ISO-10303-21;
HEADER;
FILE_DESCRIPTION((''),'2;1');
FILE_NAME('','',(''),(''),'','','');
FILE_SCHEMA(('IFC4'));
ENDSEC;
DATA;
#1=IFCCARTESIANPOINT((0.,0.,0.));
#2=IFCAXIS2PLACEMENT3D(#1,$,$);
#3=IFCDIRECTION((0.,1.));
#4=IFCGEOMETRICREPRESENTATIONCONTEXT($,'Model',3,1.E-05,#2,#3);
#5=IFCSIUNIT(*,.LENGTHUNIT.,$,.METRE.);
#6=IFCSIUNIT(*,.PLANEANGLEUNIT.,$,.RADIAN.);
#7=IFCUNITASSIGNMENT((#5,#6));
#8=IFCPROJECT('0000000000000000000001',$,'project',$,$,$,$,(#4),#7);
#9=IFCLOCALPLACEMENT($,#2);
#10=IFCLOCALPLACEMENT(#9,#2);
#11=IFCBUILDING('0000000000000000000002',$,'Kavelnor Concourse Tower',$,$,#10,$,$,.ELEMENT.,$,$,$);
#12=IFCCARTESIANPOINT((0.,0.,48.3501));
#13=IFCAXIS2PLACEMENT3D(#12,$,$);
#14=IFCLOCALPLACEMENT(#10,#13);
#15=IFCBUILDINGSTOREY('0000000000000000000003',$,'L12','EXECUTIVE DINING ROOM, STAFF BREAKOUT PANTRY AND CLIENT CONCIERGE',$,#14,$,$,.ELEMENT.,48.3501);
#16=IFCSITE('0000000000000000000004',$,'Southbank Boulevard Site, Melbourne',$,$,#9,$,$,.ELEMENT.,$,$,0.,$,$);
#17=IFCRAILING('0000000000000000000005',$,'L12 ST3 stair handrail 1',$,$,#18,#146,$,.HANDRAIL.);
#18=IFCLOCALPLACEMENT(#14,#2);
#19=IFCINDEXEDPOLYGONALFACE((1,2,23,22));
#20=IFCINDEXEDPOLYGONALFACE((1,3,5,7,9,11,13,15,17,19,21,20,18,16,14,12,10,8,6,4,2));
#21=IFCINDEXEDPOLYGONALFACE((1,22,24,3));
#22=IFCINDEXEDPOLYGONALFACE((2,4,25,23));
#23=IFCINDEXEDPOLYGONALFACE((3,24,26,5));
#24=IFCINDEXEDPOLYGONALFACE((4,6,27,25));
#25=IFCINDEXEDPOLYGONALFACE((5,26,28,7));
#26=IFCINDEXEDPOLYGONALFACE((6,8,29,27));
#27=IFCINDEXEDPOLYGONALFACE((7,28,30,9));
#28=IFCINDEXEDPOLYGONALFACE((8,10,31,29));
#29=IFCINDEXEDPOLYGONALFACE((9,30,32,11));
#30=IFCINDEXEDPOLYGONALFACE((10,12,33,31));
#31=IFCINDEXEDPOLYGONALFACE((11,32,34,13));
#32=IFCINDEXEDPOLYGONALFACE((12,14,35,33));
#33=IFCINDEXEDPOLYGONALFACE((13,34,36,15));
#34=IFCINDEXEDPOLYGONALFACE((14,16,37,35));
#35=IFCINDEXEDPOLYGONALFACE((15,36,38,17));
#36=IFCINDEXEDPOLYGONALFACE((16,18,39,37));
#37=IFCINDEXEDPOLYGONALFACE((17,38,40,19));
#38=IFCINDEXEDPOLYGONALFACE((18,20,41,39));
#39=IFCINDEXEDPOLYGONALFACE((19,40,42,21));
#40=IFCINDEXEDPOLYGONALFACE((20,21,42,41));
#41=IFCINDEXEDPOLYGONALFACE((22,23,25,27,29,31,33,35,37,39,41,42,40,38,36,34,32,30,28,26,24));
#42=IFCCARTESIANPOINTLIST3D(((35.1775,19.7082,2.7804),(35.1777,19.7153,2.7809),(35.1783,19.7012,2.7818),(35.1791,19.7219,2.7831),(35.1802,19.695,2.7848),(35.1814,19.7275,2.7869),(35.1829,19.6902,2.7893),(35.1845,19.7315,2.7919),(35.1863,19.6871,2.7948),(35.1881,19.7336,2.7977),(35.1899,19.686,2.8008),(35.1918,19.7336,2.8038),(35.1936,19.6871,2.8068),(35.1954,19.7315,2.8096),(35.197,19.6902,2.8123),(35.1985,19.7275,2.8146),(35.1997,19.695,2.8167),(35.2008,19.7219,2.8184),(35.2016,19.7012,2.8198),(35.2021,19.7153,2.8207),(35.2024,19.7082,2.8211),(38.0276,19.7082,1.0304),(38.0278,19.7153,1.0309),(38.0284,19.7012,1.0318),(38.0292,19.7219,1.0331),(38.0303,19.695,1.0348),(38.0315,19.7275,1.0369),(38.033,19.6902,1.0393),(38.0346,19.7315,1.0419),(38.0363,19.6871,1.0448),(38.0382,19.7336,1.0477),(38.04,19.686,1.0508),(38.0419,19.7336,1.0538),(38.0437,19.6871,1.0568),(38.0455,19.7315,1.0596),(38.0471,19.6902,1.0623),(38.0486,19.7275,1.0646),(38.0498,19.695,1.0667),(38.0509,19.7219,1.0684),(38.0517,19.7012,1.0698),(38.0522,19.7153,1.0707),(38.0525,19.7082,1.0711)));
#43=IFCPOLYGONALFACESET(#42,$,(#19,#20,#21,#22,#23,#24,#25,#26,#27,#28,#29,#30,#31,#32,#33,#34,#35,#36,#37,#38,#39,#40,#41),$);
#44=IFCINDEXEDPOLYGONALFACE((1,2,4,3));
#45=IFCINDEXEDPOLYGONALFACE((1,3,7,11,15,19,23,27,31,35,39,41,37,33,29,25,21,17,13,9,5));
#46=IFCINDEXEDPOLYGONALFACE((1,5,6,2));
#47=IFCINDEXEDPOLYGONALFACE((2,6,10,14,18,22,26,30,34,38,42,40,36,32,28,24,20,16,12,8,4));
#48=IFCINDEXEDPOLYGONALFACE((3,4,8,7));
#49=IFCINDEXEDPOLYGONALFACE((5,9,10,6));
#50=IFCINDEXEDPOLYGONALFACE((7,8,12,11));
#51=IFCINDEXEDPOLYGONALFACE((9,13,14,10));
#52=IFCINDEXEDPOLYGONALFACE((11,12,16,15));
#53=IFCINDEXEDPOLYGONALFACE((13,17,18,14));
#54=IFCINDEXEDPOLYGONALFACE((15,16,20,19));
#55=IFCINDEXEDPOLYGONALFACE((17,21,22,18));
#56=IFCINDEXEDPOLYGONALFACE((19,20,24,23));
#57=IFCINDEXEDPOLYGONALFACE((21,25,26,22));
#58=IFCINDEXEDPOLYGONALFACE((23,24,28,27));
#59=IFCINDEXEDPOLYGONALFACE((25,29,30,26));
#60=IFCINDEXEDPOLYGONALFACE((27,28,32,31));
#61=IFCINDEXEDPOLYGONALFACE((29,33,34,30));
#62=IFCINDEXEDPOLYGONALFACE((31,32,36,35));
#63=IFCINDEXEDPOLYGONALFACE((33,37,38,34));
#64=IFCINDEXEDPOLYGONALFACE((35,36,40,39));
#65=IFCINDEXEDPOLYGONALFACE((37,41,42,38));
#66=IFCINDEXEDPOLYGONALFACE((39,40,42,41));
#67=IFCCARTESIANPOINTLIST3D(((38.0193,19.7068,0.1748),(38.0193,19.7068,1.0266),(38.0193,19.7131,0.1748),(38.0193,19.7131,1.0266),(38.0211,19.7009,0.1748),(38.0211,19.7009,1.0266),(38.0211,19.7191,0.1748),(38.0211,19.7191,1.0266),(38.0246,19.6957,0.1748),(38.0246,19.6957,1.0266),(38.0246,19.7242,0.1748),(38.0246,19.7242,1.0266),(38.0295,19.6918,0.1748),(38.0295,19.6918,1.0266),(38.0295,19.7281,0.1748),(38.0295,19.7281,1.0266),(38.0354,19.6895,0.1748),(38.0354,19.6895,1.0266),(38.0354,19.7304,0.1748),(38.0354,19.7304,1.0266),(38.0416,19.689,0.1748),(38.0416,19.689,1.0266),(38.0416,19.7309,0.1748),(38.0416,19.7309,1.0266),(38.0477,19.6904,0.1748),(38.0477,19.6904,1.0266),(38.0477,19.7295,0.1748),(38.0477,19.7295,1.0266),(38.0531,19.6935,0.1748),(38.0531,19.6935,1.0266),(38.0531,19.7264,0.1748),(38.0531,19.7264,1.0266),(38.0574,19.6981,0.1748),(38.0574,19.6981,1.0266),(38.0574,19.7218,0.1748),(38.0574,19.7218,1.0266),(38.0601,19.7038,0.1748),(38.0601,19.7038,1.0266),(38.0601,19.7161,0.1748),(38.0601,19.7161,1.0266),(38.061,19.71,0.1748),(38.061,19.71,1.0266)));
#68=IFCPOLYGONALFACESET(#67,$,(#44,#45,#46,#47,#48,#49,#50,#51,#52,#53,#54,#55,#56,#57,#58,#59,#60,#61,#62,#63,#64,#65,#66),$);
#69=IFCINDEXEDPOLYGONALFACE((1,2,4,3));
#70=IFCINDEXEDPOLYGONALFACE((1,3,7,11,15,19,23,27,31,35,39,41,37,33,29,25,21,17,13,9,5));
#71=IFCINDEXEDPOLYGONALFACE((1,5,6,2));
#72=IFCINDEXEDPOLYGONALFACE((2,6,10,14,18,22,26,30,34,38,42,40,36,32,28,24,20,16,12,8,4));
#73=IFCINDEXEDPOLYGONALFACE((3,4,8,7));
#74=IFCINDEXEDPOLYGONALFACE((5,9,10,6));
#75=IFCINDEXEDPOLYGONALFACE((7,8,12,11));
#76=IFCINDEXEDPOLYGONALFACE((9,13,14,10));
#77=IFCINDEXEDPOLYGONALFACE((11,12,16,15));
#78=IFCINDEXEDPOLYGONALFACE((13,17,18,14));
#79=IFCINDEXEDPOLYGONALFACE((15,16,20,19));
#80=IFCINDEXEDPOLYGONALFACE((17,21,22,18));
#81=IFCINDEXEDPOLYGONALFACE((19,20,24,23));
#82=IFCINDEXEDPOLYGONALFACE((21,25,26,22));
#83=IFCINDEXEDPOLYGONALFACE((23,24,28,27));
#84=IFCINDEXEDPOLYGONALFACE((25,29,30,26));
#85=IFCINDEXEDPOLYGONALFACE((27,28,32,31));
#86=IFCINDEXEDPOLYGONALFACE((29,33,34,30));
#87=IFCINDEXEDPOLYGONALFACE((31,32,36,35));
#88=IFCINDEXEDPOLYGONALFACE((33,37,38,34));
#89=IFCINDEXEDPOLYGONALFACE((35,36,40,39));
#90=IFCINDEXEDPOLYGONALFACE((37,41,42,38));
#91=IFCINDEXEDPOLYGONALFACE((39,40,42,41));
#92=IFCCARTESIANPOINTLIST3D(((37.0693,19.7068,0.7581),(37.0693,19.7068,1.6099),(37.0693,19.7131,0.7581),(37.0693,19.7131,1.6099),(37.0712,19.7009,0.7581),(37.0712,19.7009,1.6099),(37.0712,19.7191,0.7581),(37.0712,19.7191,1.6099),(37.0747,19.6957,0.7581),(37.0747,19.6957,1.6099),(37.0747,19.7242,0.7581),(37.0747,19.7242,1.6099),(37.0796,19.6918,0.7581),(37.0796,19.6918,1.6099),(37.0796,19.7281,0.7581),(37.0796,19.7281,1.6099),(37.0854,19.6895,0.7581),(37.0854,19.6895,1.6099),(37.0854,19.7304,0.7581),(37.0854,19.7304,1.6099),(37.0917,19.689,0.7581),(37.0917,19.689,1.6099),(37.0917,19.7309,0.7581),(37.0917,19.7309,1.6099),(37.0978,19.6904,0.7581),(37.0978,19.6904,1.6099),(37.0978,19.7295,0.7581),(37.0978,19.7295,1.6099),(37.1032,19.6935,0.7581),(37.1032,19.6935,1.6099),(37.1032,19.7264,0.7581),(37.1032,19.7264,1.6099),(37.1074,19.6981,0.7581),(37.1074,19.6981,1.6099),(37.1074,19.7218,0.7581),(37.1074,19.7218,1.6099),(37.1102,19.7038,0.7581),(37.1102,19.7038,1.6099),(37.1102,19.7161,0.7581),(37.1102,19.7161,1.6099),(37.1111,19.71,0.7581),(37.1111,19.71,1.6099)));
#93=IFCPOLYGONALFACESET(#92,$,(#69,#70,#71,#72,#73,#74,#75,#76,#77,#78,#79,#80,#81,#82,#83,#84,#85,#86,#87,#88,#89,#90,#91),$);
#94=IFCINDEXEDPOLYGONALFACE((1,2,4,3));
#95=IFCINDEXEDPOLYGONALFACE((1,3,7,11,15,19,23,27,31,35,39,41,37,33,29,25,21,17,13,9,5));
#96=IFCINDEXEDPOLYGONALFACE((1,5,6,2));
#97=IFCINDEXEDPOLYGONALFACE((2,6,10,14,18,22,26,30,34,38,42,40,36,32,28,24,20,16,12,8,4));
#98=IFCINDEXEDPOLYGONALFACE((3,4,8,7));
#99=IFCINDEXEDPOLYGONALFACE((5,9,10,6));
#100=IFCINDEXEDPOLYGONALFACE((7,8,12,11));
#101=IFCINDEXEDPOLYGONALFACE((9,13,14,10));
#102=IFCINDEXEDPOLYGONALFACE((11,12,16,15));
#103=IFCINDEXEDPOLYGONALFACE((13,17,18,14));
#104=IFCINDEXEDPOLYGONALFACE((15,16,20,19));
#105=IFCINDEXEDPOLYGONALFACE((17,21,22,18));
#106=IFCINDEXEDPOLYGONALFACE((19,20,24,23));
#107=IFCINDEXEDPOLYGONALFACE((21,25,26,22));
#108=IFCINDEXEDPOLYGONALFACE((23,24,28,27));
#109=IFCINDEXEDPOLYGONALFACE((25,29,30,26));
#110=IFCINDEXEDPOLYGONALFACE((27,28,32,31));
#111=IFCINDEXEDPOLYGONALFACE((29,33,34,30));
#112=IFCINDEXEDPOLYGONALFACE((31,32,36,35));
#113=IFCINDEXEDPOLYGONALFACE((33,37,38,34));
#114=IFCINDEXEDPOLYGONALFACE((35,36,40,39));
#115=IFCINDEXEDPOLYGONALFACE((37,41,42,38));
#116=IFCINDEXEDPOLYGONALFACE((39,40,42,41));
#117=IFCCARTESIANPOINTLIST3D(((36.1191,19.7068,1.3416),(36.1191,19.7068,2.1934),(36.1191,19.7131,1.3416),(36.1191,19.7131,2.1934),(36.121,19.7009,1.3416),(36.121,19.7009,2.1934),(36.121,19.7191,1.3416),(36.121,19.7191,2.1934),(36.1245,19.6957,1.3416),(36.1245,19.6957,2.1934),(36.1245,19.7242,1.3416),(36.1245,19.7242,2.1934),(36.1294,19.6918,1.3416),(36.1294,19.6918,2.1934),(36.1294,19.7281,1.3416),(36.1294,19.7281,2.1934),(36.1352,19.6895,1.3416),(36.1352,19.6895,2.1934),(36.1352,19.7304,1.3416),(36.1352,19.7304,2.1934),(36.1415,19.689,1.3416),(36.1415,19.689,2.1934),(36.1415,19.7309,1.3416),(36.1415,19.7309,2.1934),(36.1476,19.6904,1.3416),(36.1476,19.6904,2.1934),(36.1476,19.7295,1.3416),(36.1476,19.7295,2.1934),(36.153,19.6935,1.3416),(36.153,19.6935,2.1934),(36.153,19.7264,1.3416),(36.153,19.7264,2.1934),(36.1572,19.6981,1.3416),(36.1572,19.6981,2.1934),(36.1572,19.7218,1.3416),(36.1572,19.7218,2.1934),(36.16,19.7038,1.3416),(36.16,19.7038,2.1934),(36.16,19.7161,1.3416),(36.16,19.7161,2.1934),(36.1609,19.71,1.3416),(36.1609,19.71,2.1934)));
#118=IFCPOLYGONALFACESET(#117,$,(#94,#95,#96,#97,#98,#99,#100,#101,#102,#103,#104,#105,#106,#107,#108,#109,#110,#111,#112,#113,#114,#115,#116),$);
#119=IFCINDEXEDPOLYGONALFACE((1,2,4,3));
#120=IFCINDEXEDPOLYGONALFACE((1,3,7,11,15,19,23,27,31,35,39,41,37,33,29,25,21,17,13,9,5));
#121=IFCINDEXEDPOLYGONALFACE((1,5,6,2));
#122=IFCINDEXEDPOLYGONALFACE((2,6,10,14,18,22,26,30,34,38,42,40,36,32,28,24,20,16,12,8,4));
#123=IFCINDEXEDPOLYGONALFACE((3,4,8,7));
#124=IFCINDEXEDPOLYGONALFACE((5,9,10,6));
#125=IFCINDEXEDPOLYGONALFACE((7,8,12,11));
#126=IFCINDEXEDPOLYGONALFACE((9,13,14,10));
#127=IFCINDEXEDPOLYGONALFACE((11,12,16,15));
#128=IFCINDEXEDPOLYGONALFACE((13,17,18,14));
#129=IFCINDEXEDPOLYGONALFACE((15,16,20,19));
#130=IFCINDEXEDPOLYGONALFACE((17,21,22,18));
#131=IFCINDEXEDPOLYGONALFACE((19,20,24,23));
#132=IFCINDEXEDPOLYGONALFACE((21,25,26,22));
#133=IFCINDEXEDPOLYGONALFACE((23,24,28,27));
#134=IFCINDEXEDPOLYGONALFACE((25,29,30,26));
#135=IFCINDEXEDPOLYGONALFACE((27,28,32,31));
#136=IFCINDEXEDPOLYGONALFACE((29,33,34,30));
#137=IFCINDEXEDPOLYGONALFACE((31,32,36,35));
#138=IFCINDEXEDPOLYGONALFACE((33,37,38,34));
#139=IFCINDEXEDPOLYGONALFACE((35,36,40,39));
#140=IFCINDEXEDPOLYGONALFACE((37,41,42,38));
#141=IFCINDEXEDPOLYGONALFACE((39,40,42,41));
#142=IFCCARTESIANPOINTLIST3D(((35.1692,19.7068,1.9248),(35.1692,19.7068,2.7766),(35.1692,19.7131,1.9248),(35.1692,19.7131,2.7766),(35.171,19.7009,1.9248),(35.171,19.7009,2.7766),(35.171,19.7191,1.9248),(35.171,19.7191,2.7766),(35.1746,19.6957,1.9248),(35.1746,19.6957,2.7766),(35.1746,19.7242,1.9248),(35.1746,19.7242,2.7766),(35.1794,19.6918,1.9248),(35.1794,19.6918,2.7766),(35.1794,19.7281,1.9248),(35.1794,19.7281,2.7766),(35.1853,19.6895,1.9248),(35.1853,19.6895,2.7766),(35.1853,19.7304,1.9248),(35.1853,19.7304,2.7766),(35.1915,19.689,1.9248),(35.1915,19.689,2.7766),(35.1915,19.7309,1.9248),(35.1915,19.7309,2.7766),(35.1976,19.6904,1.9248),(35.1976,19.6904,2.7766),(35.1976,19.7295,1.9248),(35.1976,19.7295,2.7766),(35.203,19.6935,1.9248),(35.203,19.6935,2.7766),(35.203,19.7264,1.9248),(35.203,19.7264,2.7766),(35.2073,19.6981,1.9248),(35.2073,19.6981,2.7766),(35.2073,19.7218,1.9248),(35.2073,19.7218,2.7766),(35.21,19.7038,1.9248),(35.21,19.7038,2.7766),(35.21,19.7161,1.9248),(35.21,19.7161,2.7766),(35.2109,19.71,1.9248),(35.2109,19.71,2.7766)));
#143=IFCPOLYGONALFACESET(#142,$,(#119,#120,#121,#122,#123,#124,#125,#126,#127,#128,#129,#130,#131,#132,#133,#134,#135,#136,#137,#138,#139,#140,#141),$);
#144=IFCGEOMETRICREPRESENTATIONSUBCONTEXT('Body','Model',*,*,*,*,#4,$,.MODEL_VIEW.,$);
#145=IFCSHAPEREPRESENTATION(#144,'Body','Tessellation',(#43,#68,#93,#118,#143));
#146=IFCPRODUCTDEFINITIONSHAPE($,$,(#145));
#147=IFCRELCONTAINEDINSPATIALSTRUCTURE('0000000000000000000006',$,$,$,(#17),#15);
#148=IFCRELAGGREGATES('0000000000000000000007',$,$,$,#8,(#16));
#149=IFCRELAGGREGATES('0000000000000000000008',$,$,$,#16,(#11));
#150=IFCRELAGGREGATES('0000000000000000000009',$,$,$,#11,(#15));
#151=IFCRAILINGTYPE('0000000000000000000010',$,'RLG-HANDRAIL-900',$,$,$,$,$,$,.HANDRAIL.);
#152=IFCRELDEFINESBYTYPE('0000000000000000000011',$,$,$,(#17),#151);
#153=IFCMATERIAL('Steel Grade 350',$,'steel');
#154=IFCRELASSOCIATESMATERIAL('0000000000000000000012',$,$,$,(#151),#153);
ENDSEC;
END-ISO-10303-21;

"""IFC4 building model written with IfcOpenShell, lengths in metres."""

from ifc_helpers import new_model, si_unit, direction, frame, origin, origin_2d, place, context, subcontext, project, spatial, circle, extrude, material, type_object, element, save


model = new_model("IFC4")

# Units and contexts
model_context = context("Model", 3, precision=1e-05, world=origin(), true_north=direction((0.0, 1.0)))
body_context = subcontext(model_context, "Body", "Model", "MODEL_VIEW")
ifc_project = project(units=[si_unit("LENGTHUNIT", "METRE"), si_unit("PLANEANGLEUNIT", "RADIAN")], contexts=[model_context])

# Site, building, storey
site_placement = place(None, origin())
site = spatial("IfcSite", under=ifc_project, at=site_placement, Name="Southbank Boulevard Site, Melbourne", CompositionType="ELEMENT", RefElevation=0.0)
building_placement = place(site_placement, origin())
building = spatial("IfcBuilding", under=site, at=building_placement, Name="Kavelnor Concourse Tower", CompositionType="ELEMENT")
storey_placement = place(building_placement, frame((0.0, 0.0, 48.3501)))
storey = spatial("IfcBuildingStorey", under=building, at=storey_placement, Name="L12", Description="EXECUTIVE DINING ROOM, STAFF BREAKOUT PANTRY AND CLIENT CONCIERGE", CompositionType="ELEMENT", Elevation=48.3501)

# Shared definitions
ifc_material_1 = material(Name="Steel Grade 350", Category="steel")

# Railing
railing_type_1 = type_object("IfcRailingType", Name="RLG-HANDRAIL-900", PredefinedType="HANDRAIL", material=ifc_material_1)
railing_1_placement = place(storey_placement, frame((38.04, 19.71, 0.1748)))
element("IfcRailing", 1, at=railing_1_placement, inside=storey, type_object=railing_type_1, Name="L12 ST3 stair handrail 1", PredefinedType="HANDRAIL", context=body_context, shape_type="SweptSolid", body=[
    extrude(circle(Radius=0.0239, at=origin_2d()), frame((0.0, 0.0, 0.876), z_axis=(-0.852179, 0.0, 0.52325), x_axis=(0.0, -1.0, 0.0)), (0.0, 0.0, 1.0), 3.3445),
    extrude(circle(Radius=0.021, at=origin_2d()), origin(), (0.0, 0.0, 1.0), 0.8518),
    extrude(circle(Radius=0.021, at=origin_2d()), frame((-0.95, 0.0, 0.5833)), (0.0, 0.0, 1.0), 0.8518),
    extrude(circle(Radius=0.021, at=origin_2d()), frame((-1.9001, 0.0, 1.1667)), (0.0, 0.0, 1.0), 0.8518),
    extrude(circle(Radius=0.021, at=origin_2d()), frame((-2.8501, 0.0, 1.75)), (0.0, 0.0, 1.0), 0.8518),
])

save(model, "model.ifc")
